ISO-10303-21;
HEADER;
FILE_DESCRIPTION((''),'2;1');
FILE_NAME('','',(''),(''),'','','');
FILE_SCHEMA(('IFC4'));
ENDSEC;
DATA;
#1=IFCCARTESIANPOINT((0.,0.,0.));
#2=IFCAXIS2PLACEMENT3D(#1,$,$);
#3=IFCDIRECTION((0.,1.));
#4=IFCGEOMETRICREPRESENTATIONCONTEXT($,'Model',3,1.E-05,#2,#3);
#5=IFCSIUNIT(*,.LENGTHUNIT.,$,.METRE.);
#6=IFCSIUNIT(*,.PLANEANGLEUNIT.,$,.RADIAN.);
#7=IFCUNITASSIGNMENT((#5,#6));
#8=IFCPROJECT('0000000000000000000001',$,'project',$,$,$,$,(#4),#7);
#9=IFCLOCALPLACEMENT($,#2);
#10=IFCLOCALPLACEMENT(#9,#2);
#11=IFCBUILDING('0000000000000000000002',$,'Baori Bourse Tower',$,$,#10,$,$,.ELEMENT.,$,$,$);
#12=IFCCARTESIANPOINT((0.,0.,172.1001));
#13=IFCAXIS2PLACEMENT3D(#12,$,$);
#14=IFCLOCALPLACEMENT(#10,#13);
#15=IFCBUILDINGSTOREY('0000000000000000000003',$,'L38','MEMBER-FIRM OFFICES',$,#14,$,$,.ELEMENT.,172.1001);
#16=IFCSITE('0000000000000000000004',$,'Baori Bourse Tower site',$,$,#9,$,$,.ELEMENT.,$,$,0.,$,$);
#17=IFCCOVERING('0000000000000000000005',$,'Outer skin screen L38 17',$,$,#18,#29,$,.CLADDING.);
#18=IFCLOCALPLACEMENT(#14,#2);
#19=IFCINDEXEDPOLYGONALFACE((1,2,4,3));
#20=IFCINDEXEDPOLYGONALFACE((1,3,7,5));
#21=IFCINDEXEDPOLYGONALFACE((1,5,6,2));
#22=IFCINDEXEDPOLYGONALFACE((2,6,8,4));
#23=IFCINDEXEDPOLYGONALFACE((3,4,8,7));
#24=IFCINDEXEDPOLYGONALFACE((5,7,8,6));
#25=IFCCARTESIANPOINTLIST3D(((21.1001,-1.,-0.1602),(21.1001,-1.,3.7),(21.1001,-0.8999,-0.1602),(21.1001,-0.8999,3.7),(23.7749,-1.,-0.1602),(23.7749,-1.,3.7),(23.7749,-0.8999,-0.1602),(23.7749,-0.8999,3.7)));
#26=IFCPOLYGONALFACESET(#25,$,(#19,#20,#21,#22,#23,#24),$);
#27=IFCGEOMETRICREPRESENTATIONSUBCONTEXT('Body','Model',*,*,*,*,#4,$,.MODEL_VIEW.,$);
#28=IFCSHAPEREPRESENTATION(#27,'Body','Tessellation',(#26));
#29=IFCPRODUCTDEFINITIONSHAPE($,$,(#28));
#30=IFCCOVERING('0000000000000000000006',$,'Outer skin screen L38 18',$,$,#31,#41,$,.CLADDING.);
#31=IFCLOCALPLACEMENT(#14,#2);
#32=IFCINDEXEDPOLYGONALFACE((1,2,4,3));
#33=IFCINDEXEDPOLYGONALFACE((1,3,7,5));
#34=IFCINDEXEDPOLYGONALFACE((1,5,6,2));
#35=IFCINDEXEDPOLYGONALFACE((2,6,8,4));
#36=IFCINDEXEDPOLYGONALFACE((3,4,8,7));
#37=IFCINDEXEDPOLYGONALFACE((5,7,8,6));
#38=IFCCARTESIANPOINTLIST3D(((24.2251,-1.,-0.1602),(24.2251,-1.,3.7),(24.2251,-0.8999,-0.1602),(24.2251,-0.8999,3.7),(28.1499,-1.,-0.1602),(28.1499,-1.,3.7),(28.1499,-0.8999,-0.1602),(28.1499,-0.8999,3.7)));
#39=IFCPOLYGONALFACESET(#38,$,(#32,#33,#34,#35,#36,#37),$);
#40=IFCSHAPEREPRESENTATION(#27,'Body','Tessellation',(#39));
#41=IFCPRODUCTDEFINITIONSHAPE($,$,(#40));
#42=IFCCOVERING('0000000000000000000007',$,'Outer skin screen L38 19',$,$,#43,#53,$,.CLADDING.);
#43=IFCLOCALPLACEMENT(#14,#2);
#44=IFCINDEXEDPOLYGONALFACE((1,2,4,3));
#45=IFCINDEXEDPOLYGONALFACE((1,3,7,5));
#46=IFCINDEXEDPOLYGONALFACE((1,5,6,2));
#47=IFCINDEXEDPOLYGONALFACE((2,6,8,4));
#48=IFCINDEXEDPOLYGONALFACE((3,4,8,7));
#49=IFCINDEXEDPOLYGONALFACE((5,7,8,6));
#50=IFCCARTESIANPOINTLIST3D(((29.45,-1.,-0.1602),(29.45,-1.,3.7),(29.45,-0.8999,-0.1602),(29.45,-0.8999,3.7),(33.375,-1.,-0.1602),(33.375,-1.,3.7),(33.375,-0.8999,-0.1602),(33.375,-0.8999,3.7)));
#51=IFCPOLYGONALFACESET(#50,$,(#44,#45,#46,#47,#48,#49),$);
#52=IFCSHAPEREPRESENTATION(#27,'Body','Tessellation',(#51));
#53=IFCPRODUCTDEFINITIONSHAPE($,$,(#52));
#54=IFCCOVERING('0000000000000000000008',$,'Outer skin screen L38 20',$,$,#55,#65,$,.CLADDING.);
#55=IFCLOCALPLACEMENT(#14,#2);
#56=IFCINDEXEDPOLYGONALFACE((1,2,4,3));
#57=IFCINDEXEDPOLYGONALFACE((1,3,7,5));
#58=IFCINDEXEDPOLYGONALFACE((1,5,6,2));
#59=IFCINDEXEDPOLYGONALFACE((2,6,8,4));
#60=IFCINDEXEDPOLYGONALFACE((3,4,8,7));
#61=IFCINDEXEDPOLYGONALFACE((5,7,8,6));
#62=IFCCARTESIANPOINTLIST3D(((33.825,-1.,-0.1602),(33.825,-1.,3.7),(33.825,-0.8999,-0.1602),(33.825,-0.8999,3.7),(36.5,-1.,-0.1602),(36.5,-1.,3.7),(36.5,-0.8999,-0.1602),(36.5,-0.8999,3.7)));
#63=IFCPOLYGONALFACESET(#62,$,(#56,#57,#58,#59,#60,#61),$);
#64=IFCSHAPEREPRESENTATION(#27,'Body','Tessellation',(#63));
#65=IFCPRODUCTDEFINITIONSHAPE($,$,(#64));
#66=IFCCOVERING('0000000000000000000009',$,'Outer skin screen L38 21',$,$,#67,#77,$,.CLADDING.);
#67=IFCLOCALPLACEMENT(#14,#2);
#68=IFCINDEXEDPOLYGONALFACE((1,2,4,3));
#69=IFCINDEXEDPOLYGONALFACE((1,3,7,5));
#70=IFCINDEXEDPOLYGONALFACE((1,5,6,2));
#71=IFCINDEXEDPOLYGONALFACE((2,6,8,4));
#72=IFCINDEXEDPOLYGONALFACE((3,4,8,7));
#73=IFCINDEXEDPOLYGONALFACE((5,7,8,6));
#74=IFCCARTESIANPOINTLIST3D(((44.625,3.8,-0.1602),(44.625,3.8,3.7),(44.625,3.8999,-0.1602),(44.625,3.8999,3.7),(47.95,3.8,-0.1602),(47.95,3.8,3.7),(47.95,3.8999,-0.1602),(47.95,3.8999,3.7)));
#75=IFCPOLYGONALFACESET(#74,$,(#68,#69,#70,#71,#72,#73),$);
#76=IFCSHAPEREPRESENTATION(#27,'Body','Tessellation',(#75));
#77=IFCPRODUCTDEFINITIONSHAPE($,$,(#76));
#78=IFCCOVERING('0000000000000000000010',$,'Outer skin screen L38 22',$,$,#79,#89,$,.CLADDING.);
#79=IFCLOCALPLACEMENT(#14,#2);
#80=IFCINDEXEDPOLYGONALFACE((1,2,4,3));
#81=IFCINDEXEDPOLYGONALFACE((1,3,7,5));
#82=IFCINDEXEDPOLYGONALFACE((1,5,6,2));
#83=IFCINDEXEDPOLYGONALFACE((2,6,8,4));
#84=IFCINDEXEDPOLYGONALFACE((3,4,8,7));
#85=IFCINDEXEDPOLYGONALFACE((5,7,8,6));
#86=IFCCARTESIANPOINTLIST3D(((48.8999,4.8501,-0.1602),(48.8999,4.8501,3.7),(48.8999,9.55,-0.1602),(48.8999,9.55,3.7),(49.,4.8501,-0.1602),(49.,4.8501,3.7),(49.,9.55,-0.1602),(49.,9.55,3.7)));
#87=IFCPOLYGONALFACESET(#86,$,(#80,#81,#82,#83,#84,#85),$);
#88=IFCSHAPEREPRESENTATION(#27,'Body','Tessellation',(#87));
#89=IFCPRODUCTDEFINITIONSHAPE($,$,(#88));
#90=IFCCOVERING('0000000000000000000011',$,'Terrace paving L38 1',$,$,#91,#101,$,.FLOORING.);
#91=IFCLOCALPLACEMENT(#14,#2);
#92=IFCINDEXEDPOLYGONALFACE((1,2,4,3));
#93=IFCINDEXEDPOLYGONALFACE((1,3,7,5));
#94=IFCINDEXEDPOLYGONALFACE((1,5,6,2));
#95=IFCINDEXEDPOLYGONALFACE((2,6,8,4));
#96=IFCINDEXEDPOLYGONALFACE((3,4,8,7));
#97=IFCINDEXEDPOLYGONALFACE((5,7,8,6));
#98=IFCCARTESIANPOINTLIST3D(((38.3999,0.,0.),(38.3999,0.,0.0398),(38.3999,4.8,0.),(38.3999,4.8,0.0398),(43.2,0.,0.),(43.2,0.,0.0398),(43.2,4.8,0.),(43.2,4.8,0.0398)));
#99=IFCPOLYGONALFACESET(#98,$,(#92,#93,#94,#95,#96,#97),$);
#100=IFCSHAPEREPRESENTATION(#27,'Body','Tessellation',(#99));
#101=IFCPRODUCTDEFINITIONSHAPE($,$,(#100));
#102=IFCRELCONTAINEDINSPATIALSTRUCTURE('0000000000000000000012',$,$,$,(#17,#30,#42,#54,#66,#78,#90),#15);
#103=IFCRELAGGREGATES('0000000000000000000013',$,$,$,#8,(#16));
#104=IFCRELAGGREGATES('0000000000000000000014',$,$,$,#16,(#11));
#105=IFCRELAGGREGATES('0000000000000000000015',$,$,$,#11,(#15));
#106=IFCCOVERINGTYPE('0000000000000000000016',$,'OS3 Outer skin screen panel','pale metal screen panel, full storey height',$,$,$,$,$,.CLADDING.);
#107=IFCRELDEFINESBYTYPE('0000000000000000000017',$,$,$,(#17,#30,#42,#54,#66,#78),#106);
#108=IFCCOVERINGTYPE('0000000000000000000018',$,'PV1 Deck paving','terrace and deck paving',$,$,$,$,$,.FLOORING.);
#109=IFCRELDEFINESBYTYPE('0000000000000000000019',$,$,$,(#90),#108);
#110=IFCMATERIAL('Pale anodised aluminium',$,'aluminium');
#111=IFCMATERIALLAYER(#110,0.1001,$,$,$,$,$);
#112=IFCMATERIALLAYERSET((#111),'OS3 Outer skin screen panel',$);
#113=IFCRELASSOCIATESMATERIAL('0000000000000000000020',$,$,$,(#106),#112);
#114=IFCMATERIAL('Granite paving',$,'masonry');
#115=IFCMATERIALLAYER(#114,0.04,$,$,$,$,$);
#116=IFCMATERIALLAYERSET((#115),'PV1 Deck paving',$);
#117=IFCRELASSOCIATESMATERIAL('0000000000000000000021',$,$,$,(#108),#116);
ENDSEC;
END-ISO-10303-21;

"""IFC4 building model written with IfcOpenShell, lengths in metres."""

from ifc_helpers import new_model, si_unit, direction, frame, origin, place, context, subcontext, project, spatial, polyline, outline, extrude, material, layer, layer_set, type_object, element, save


model = new_model("IFC4")

# Units and contexts
model_context = context("Model", 3, precision=1e-05, world=origin(), true_north=direction((0.0, 1.0)))
body_context = subcontext(model_context, "Body", "Model", "MODEL_VIEW")
ifc_project = project(units=[si_unit("LENGTHUNIT", "METRE"), si_unit("PLANEANGLEUNIT", "RADIAN")], contexts=[model_context])

# Site, building, storey
site_placement = place(None, origin())
site = spatial("IfcSite", under=ifc_project, at=site_placement, Name="Baori Bourse Tower site", CompositionType="ELEMENT", RefElevation=0.0)
building_placement = place(site_placement, origin())
building = spatial("IfcBuilding", under=site, at=building_placement, Name="Baori Bourse Tower", CompositionType="ELEMENT")
storey_placement = place(building_placement, frame((0.0, 0.0, 172.1001)))
storey = spatial("IfcBuildingStorey", under=building, at=storey_placement, Name="L38", Description="MEMBER-FIRM OFFICES", CompositionType="ELEMENT", Elevation=172.1001)

# Coverings
ifc_material_1 = material(Name="Pale anodised aluminium", Category="aluminium")
ifc_layer_1 = layer(ifc_material_1, 0.1001)
ifc_layer_set_1 = layer_set([ifc_layer_1], Name="OS3 Outer skin screen panel")
covering_type_1 = type_object("IfcCoveringType", Name="OS3 Outer skin screen panel", Description="pale metal screen panel, full storey height", PredefinedType="CLADDING", material=ifc_layer_set_1)
covering_1_placement = place(storey_placement, frame((0.0, 0.0, -0.1602)))
element("IfcCovering", 1, at=covering_1_placement, inside=storey, type_object=covering_type_1, Name="Outer skin screen L38 17", PredefinedType="CLADDING", context=body_context, shape_type="SweptSolid", body=[
    extrude(outline(polyline([(23.7749, -0.8999), (21.1001, -0.8999), (21.1001, -1.0), (23.7749, -1.0), (23.7749, -0.8999)])), origin(), (0.0, 0.0, 1.0), 3.8601),
])
covering_2_placement = place(storey_placement, frame((0.0, 0.0, -0.1602)))
element("IfcCovering", 2, at=covering_2_placement, inside=storey, type_object=covering_type_1, Name="Outer skin screen L38 18", PredefinedType="CLADDING", context=body_context, shape_type="SweptSolid", body=[
    extrude(outline(polyline([(28.1499, -0.8999), (24.2251, -0.8999), (24.2251, -1.0), (28.1499, -1.0), (28.1499, -0.8999)])), origin(), (0.0, 0.0, 1.0), 3.8601),
])
covering_3_placement = place(storey_placement, frame((0.0, 0.0, -0.1602)))
element("IfcCovering", 3, at=covering_3_placement, inside=storey, type_object=covering_type_1, Name="Outer skin screen L38 19", PredefinedType="CLADDING", context=body_context, shape_type="SweptSolid", body=[
    extrude(outline(polyline([(33.375, -0.8999), (29.45, -0.8999), (29.45, -1.0), (33.375, -1.0), (33.375, -0.8999)])), origin(), (0.0, 0.0, 1.0), 3.8601),
])
covering_4_placement = place(storey_placement, frame((0.0, 0.0, -0.1602)))
element("IfcCovering", 4, at=covering_4_placement, inside=storey, type_object=covering_type_1, Name="Outer skin screen L38 20", PredefinedType="CLADDING", context=body_context, shape_type="SweptSolid", body=[
    extrude(outline(polyline([(36.5, -0.8999), (33.825, -0.8999), (33.825, -1.0), (36.5, -1.0), (36.5, -0.8999)])), origin(), (0.0, 0.0, 1.0), 3.8601),
])
covering_5_placement = place(storey_placement, frame((0.0, 0.0, -0.1602)))
element("IfcCovering", 5, at=covering_5_placement, inside=storey, type_object=covering_type_1, Name="Outer skin screen L38 21", PredefinedType="CLADDING", context=body_context, shape_type="SweptSolid", body=[
    extrude(outline(polyline([(47.95, 3.8999), (44.625, 3.8999), (44.625, 3.8), (47.95, 3.8), (47.95, 3.8999)])), origin(), (0.0, 0.0, 1.0), 3.8601),
])
covering_6_placement = place(storey_placement, frame((0.0, 0.0, -0.1602)))
element("IfcCovering", 6, at=covering_6_placement, inside=storey, type_object=covering_type_1, Name="Outer skin screen L38 22", PredefinedType="CLADDING", context=body_context, shape_type="SweptSolid", body=[
    extrude(outline(polyline([(48.8999, 9.55), (48.8999, 4.8501), (49.0, 4.8501), (49.0, 9.55), (48.8999, 9.55)])), origin(), (0.0, 0.0, 1.0), 3.8601),
])
ifc_material_2 = material(Name="Granite paving", Category="masonry")
ifc_layer_2 = layer(ifc_material_2, 0.04)
ifc_layer_set_2 = layer_set([ifc_layer_2], Name="PV1 Deck paving")
covering_type_2 = type_object("IfcCoveringType", Name="PV1 Deck paving", Description="terrace and deck paving", PredefinedType="FLOORING", material=ifc_layer_set_2)
covering_7_placement = place(storey_placement, origin())
element("IfcCovering", 7, at=covering_7_placement, inside=storey, type_object=covering_type_2, Name="Terrace paving L38 1", PredefinedType="FLOORING", context=body_context, shape_type="SweptSolid", body=[
    extrude(outline(polyline([(38.3999, 0.0), (43.2, 0.0), (43.2, 4.8), (38.3999, 4.8), (38.3999, 0.0)])), origin(), (0.0, 0.0, 1.0), 0.0398),
])

save(model, "model.ifc")
